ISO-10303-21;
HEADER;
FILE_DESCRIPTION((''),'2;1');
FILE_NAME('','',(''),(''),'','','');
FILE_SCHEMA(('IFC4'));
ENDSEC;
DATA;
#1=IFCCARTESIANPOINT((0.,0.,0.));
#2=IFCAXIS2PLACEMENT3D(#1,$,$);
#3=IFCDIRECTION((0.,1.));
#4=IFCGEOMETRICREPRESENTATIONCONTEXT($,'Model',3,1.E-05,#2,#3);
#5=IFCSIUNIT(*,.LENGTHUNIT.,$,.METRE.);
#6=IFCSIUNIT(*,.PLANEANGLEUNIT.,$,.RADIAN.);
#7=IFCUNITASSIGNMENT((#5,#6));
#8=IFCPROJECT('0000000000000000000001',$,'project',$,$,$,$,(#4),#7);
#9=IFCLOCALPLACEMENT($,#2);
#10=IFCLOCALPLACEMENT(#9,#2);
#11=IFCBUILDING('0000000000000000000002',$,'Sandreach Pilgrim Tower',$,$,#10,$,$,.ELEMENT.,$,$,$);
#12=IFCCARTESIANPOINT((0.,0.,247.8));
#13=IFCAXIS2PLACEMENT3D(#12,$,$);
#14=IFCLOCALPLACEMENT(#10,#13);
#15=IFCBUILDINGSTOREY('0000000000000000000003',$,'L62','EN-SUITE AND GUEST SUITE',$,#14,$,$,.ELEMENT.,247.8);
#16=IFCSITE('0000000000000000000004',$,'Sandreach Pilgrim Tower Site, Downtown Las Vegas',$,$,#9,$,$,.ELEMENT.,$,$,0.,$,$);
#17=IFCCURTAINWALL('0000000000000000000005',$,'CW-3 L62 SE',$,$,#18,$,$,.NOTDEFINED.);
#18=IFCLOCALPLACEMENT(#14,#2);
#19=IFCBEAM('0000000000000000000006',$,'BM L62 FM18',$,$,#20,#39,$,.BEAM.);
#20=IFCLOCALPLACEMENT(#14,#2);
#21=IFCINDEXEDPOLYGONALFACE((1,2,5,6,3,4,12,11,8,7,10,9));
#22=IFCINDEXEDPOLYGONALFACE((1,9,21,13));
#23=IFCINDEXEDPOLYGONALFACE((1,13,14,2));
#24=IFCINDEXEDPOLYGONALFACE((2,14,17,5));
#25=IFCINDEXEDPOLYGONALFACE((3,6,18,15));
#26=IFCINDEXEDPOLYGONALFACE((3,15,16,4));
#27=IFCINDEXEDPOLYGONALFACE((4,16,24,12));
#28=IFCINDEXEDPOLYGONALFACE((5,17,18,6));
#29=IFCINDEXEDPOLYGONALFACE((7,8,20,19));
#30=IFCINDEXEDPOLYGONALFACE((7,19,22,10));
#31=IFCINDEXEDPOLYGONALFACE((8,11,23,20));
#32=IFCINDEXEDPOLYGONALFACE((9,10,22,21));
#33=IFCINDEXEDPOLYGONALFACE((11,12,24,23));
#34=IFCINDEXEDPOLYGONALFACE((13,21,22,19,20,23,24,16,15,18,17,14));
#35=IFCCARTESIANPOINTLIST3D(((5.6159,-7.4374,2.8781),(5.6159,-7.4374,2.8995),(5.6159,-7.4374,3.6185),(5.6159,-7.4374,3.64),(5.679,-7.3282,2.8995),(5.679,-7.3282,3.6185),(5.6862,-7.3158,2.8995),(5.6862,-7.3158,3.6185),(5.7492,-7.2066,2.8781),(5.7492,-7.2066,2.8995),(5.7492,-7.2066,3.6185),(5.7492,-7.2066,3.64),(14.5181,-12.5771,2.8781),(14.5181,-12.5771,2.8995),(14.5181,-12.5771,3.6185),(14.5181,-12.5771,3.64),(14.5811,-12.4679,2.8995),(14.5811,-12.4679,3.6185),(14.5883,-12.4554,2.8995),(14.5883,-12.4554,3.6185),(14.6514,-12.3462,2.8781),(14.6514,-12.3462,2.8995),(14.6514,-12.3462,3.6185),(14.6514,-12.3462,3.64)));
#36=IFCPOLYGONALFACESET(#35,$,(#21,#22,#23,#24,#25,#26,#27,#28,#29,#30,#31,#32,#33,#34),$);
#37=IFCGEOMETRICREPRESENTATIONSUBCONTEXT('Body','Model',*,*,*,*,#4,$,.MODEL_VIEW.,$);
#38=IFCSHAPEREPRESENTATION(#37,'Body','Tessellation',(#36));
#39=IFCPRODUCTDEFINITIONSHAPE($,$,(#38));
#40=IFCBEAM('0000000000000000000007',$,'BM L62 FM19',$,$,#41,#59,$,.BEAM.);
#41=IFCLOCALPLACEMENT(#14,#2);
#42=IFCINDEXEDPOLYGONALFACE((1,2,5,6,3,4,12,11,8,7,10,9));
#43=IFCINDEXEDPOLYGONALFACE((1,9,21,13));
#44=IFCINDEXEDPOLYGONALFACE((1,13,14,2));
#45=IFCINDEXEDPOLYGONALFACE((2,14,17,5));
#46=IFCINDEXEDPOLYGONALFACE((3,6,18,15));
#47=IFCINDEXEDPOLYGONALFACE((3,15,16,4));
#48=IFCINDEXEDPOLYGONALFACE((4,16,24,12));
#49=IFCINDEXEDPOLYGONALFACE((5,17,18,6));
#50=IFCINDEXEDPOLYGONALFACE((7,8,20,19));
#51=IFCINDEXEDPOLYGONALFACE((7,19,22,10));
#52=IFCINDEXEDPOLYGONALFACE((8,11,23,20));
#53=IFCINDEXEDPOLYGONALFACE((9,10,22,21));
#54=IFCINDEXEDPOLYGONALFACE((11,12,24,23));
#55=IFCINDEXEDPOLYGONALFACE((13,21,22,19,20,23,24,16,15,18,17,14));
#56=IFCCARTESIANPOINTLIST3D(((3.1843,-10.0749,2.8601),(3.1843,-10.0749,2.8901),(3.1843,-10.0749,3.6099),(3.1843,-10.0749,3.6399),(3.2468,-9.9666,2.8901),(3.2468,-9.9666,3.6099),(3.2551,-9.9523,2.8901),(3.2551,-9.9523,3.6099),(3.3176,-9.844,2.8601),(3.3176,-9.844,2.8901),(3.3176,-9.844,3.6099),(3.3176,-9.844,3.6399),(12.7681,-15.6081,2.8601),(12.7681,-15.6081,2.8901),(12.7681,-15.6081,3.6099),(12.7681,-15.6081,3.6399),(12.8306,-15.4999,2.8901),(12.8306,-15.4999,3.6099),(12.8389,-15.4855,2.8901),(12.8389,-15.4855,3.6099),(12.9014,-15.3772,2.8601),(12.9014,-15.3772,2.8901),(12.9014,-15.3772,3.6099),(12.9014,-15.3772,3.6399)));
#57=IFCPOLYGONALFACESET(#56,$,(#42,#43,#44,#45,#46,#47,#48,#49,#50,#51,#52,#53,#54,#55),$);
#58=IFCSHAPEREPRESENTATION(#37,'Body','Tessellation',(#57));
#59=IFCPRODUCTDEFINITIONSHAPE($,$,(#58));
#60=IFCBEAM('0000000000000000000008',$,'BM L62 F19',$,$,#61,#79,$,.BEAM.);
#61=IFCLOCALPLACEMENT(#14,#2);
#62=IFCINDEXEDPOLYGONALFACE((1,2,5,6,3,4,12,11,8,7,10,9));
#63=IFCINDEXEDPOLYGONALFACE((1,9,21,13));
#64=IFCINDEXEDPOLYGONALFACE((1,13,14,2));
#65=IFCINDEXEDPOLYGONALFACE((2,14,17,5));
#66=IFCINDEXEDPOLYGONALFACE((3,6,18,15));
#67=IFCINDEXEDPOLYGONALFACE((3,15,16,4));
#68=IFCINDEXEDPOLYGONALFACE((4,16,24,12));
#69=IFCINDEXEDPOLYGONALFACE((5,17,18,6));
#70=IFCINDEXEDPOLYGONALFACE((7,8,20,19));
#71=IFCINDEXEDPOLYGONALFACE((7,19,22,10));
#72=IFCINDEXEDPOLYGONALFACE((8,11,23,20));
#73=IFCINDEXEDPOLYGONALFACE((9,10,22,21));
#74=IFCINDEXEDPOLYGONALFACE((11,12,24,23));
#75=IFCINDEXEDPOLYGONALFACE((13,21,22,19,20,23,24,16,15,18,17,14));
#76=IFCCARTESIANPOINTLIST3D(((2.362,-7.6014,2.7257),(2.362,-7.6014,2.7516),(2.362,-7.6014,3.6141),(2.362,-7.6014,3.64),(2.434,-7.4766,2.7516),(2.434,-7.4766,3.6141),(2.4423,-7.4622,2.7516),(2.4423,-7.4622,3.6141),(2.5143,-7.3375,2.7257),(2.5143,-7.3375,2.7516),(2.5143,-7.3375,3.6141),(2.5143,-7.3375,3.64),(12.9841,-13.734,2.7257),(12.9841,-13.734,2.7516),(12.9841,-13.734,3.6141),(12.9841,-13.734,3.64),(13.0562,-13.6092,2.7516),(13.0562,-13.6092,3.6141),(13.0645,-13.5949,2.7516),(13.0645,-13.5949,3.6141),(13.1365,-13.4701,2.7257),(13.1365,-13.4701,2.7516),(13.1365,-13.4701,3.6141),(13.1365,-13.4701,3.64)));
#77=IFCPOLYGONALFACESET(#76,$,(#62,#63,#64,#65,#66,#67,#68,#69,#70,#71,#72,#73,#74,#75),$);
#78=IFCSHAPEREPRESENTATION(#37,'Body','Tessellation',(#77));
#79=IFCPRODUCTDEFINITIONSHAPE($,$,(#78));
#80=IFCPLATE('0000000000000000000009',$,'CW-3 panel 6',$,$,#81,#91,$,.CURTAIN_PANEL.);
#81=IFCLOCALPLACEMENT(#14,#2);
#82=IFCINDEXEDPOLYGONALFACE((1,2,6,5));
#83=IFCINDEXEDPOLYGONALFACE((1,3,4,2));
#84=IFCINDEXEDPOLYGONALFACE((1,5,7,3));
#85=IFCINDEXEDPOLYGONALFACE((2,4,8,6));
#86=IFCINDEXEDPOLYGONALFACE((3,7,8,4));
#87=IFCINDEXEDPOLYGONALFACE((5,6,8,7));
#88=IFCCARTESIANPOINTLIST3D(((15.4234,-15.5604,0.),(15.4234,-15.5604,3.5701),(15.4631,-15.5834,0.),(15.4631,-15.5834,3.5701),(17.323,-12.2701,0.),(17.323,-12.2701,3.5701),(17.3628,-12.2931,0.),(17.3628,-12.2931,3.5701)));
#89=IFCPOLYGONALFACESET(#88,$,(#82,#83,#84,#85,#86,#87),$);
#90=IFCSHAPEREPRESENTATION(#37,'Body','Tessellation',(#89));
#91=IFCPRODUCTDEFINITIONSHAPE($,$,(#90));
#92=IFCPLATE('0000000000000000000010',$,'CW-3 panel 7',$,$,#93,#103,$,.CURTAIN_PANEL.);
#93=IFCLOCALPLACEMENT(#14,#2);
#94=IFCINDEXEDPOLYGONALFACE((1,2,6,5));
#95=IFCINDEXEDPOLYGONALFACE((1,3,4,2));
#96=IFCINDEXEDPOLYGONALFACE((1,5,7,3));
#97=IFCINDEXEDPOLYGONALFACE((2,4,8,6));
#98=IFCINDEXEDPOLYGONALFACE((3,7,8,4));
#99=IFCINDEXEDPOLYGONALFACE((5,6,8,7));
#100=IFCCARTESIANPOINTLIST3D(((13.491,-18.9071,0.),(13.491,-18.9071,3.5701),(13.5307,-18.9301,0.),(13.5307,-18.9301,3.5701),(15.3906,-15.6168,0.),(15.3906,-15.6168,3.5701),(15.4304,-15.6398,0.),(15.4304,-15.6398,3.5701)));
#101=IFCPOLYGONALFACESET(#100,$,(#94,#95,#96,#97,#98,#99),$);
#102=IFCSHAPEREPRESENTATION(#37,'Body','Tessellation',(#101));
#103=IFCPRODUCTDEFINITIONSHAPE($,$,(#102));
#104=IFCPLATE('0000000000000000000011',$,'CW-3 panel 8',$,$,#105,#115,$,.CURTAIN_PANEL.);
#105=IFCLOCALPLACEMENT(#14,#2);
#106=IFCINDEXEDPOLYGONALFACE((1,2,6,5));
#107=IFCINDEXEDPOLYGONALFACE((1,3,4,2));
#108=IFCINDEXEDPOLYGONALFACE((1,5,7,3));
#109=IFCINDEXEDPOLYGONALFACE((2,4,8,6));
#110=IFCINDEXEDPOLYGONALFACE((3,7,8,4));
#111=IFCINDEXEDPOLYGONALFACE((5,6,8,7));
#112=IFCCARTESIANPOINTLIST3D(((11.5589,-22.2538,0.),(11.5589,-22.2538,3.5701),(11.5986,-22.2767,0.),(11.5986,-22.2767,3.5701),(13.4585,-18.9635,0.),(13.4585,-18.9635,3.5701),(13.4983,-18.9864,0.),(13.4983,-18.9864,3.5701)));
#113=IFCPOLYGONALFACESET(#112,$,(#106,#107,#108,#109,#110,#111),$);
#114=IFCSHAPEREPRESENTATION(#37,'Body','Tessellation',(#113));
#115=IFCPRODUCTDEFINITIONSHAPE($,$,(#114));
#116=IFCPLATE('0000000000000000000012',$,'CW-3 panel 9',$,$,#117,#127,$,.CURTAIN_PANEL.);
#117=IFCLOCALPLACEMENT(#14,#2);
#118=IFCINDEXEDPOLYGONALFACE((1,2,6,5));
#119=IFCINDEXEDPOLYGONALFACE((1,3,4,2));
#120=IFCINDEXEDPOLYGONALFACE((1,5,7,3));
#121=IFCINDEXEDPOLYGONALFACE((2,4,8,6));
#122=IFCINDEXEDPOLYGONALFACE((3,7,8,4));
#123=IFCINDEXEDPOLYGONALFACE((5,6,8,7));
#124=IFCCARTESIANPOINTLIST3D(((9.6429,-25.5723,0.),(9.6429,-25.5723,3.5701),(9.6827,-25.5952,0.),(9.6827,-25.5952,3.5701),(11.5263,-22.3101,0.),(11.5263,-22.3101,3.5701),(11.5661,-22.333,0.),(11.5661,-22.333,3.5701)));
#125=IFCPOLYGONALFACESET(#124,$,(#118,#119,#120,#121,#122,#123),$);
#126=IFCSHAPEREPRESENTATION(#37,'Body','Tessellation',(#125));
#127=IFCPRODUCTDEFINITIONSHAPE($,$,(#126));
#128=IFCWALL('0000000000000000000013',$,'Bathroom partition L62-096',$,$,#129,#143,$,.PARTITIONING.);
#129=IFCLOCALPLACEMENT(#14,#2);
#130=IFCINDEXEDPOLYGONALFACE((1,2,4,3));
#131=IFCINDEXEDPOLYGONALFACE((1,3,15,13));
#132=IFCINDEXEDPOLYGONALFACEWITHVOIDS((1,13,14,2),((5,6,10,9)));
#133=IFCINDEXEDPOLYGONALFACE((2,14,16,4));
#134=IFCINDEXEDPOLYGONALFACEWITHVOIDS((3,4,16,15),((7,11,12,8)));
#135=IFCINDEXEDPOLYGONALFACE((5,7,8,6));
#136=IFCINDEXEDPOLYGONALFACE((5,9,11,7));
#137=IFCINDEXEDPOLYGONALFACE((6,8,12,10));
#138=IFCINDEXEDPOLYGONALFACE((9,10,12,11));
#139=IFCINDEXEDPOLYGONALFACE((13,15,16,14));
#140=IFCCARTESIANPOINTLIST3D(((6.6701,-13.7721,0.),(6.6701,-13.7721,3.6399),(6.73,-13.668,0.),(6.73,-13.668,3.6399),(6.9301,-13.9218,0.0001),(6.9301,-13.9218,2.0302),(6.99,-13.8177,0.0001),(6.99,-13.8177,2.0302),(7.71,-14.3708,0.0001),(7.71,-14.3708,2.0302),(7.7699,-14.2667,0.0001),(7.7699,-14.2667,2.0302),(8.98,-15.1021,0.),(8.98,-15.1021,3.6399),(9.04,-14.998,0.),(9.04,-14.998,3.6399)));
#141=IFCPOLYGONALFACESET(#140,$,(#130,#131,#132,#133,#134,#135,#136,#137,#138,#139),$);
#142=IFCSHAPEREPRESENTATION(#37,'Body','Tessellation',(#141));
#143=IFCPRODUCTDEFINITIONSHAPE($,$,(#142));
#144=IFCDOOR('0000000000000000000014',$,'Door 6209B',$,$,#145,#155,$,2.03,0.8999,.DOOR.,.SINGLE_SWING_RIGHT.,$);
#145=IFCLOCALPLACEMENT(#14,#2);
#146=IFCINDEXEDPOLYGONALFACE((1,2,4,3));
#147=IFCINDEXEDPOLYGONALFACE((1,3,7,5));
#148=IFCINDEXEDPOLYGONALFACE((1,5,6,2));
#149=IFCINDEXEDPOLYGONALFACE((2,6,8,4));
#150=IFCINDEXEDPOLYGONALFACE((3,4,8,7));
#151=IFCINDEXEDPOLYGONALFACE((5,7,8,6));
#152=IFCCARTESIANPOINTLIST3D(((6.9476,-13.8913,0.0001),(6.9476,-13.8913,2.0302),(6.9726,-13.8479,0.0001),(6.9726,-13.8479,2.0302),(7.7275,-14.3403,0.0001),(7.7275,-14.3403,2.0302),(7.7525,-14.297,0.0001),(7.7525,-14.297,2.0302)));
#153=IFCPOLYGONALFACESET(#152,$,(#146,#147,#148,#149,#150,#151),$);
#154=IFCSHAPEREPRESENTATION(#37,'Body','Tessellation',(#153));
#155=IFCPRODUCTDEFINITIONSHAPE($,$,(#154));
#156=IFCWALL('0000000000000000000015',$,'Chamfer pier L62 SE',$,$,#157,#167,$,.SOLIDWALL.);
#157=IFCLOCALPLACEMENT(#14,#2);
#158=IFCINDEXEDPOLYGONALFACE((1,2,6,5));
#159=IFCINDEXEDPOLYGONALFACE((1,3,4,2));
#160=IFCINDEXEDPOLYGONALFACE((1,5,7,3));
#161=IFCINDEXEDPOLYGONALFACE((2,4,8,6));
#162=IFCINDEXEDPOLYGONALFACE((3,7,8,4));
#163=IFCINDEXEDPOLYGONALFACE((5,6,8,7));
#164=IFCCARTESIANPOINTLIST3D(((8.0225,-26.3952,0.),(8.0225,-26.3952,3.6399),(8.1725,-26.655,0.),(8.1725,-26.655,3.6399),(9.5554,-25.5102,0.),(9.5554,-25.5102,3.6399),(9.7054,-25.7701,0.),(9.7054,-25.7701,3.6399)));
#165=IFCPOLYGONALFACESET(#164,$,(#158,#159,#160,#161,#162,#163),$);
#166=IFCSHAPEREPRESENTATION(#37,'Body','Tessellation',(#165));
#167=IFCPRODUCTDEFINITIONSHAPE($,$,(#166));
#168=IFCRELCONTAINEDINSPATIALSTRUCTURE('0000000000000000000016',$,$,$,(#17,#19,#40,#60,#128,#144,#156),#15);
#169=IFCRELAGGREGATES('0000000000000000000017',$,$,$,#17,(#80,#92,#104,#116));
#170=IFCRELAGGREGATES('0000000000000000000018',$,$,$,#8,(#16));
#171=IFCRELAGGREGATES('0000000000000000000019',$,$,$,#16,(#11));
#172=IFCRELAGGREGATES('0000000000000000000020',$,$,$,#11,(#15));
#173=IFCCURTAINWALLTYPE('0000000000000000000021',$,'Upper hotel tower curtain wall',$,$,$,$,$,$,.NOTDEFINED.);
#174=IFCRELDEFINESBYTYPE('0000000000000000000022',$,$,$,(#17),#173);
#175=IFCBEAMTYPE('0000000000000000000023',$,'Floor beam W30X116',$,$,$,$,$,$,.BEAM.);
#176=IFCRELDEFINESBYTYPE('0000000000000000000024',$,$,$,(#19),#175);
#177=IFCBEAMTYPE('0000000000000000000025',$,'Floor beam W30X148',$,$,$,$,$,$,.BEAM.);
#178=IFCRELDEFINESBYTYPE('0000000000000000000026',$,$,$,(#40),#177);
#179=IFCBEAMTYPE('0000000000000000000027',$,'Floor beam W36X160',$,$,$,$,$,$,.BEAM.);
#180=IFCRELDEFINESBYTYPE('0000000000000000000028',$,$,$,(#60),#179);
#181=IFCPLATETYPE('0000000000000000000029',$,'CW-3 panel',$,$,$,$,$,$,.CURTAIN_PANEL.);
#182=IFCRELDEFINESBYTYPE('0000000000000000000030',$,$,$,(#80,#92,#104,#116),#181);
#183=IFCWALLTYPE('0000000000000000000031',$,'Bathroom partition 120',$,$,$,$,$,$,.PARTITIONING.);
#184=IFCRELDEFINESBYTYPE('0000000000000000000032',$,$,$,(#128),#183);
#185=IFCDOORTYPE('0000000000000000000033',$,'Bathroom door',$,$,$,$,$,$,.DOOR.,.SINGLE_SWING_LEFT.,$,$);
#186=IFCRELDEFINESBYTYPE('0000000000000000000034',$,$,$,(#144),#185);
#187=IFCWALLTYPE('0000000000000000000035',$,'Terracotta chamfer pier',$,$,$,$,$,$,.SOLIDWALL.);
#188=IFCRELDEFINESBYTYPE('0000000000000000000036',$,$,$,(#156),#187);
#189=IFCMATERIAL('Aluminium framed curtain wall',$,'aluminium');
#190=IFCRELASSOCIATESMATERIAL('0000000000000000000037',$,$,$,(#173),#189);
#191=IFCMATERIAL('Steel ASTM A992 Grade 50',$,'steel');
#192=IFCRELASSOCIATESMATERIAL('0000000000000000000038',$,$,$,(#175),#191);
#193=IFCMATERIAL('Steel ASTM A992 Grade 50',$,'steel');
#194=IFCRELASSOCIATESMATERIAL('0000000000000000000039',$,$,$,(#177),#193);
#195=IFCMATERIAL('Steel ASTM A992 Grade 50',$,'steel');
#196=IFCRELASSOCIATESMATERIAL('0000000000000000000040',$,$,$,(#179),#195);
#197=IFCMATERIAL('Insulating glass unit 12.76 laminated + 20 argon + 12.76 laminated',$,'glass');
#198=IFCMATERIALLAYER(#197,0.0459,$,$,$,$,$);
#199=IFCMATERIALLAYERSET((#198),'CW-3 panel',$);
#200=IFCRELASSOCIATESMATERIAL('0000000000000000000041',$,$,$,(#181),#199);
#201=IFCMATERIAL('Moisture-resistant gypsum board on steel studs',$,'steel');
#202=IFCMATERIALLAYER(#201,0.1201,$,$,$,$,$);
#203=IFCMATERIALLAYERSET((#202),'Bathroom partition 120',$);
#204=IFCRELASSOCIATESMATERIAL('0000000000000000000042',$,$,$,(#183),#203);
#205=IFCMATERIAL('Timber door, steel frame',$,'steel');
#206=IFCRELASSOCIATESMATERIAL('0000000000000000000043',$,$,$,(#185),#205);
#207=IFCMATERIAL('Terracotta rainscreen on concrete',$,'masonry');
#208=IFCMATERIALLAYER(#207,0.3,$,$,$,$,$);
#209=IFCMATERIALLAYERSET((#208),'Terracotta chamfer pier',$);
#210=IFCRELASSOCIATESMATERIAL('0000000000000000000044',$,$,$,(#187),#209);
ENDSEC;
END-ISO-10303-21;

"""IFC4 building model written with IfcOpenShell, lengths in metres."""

from ifc_helpers import new_model, si_unit, direction, frame, frame_2d, origin, origin_2d, place, context, subcontext, project, spatial, rectangle, i_section, extrude, material, layer, layer_set, material_profile, profile_set, type_object, element, fill, aggregate, save


model = new_model("IFC4")

# Units and contexts
model_context = context("Model", 3, precision=1e-05, world=origin(), true_north=direction((0.0, 1.0)))
body_context = subcontext(model_context, "Body", "Model", "MODEL_VIEW")
ifc_project = project(units=[si_unit("LENGTHUNIT", "METRE"), si_unit("PLANEANGLEUNIT", "RADIAN")], contexts=[model_context])

# Site, building, storey
site_placement = place(None, origin())
site = spatial("IfcSite", under=ifc_project, at=site_placement, Name="Sandreach Pilgrim Tower Site, Downtown Las Vegas", CompositionType="ELEMENT", RefElevation=0.0)
building_placement = place(site_placement, origin())
building = spatial("IfcBuilding", under=site, at=building_placement, Name="Sandreach Pilgrim Tower", CompositionType="ELEMENT")
storey_placement = place(building_placement, frame((0.0, 0.0, 247.8)))
storey = spatial("IfcBuildingStorey", under=building, at=storey_placement, Name="L62", Description="EN-SUITE AND GUEST SUITE", CompositionType="ELEMENT", Elevation=247.8)

# Curtain wall
ifc_material_1 = material(Name="Aluminium framed curtain wall", Category="aluminium")
curtain_wall_type = type_object("IfcCurtainWallType", Name="Upper hotel tower curtain wall", PredefinedType="NOTDEFINED", material=ifc_material_1)
curtain_wall_1_placement = place(storey_placement, origin())
curtain_wall_1 = element("IfcCurtainWall", 1, at=curtain_wall_1_placement, inside=storey, type_object=curtain_wall_type, Name="CW-3 L62 SE", PredefinedType="NOTDEFINED")

# Beams
ifc_material_2 = material(Name="Steel ASTM A992 Grade 50", Category="steel")
ifc_material_profile_1 = material_profile(ifc_material_2, i_section(OverallWidth=0.2666, OverallDepth=0.762, WebThickness=0.0144, FlangeThickness=0.0215, at=origin_2d()), Name="W30X116")
ifc_profile_set_1 = profile_set([ifc_material_profile_1], Name="Steel ASTM A992 Grade 50")
beam_type_1 = type_object("IfcBeamType", Name="Floor beam W30X116", PredefinedType="BEAM", material=ifc_profile_set_1)
beam_1_placement = place(storey_placement, frame((14.5847, -12.4617, 3.259), z_axis=(-0.866025, 0.500001, 0.0), x_axis=(-0.500001, -0.866025, 0.0)))
element("IfcBeam", 2, at=beam_1_placement, inside=storey, type_object=beam_type_1, Name="BM L62 FM18", PredefinedType="BEAM", context=body_context, shape_type="SweptSolid", body=[
    extrude(i_section(OverallWidth=0.2666, OverallDepth=0.762, WebThickness=0.0144, FlangeThickness=0.0215, at=origin_2d()), origin(), (0.0, 0.0, 1.0), 10.2793),
])
ifc_material_3 = material(Name="Steel ASTM A992 Grade 50", Category="steel")
ifc_material_profile_2 = material_profile(ifc_material_3, i_section(OverallWidth=0.2666, OverallDepth=0.7798, WebThickness=0.0166, FlangeThickness=0.03, at=origin_2d()), Name="W30X148")
ifc_profile_set_2 = profile_set([ifc_material_profile_2], Name="Steel ASTM A992 Grade 50")
beam_type_2 = type_object("IfcBeamType", Name="Floor beam W30X148", PredefinedType="BEAM", material=ifc_profile_set_2)
beam_2_placement = place(storey_placement, frame((12.8347, -15.4927, 3.25), z_axis=(-0.866024, 0.500002, 0.0), x_axis=(-0.500002, -0.866024, 0.0)))
element("IfcBeam", 3, at=beam_2_placement, inside=storey, type_object=beam_type_2, Name="BM L62 FM19", PredefinedType="BEAM", context=body_context, shape_type="SweptSolid", body=[
    extrude(i_section(OverallWidth=0.2666, OverallDepth=0.7798, WebThickness=0.0166, FlangeThickness=0.03, at=origin_2d()), origin(), (0.0, 0.0, 1.0), 11.0664),
])
ifc_material_4 = material(Name="Steel ASTM A992 Grade 50", Category="steel")
ifc_material_profile_3 = material_profile(ifc_material_4, i_section(OverallWidth=0.3047, OverallDepth=0.9143, WebThickness=0.0166, FlangeThickness=0.0259, at=origin_2d()), Name="W36X160")
ifc_profile_set_3 = profile_set([ifc_material_profile_3], Name="Steel ASTM A992 Grade 50")
beam_type_3 = type_object("IfcBeamType", Name="Floor beam W36X160", PredefinedType="BEAM", material=ifc_profile_set_3)
beam_3_placement = place(storey_placement, frame((13.0603, -13.6021, 3.1829), z_axis=(-0.866028, 0.499995, 0.0), x_axis=(-0.499995, -0.866028, 0.0)))
element("IfcBeam", 4, at=beam_3_placement, inside=storey, type_object=beam_type_3, Name="BM L62 F19", PredefinedType="BEAM", context=body_context, shape_type="SweptSolid", body=[
    extrude(i_section(OverallWidth=0.3047, OverallDepth=0.9143, WebThickness=0.0166, FlangeThickness=0.0259, at=origin_2d()), origin(), (0.0, 0.0, 1.0), 12.2654),
])

# Plates
ifc_material_5 = material(Name="Insulating glass unit 12.76 laminated + 20 argon + 12.76 laminated", Category="glass")
ifc_layer_1 = layer(ifc_material_5, 0.0459)
ifc_layer_set_1 = layer_set([ifc_layer_1], Name="CW-3 panel")
plate_type = type_object("IfcPlateType", Name="CW-3 panel", PredefinedType="CURTAIN_PANEL", material=ifc_layer_set_1)
plate_1_placement = place(storey_placement, frame((16.3931, -13.9268, 0.0), z_axis=(0.0, 0.0, 1.0), x_axis=(-0.5, -0.866025, 0.0)))
plate_1 = element("IfcPlate", 5, at=plate_1_placement, type_object=plate_type, Name="CW-3 panel 6", PredefinedType="CURTAIN_PANEL", context=body_context, shape_type="SweptSolid", body=[
    extrude(rectangle(XDim=3.7993, YDim=0.0459, at=origin_2d()), origin(), (0.0, 0.0, 1.0), 3.5701),
])
plate_2_placement = place(storey_placement, frame((14.4607, -17.2734, 0.0), z_axis=(0.0, 0.0, 1.0), x_axis=(-0.5, -0.866025, 0.0)))
plate_2 = element("IfcPlate", 6, at=plate_2_placement, type_object=plate_type, Name="CW-3 panel 7", PredefinedType="CURTAIN_PANEL", context=body_context, shape_type="SweptSolid", body=[
    extrude(rectangle(XDim=3.7993, YDim=0.0459, at=origin_2d()), origin(), (0.0, 0.0, 1.0), 3.5701),
])
plate_3_placement = place(storey_placement, frame((12.5286, -20.6201, 0.0), z_axis=(0.0, 0.0, 1.0), x_axis=(-0.5, -0.866025, 0.0)))
plate_3 = element("IfcPlate", 7, at=plate_3_placement, type_object=plate_type, Name="CW-3 panel 8", PredefinedType="CURTAIN_PANEL", context=body_context, shape_type="SweptSolid", body=[
    extrude(rectangle(XDim=3.7993, YDim=0.0459, at=origin_2d()), origin(), (0.0, 0.0, 1.0), 3.5701),
])
plate_4_placement = place(storey_placement, frame((10.6045, -23.9526, 0.0), z_axis=(0.0, 0.0, 1.0), x_axis=(-0.5, -0.866025, 0.0)))
plate_4 = element("IfcPlate", 8, at=plate_4_placement, type_object=plate_type, Name="CW-3 panel 9", PredefinedType="CURTAIN_PANEL", context=body_context, shape_type="SweptSolid", body=[
    extrude(rectangle(XDim=3.7668, YDim=0.0459, at=origin_2d()), origin(), (0.0, 0.0, 1.0), 3.5701),
])
aggregate(curtain_wall_1, [plate_1, plate_2, plate_3, plate_4])

# Wall, opening, door
ifc_material_6 = material(Name="Moisture-resistant gypsum board on steel studs", Category="steel")
ifc_layer_2 = layer(ifc_material_6, 0.1201)
ifc_layer_set_2 = layer_set([ifc_layer_2], Name="Bathroom partition 120")
wall_type_1 = type_object("IfcWallType", Name="Bathroom partition 120", PredefinedType="PARTITIONING", material=ifc_layer_set_2)
wall_1_placement = place(storey_placement, frame((9.01, -15.05, 0.0), z_axis=(0.0, 0.0, 1.0), x_axis=(-0.866615, 0.498977, 0.0)))
wall_1 = element("IfcWall", 9, at=wall_1_placement, inside=storey, type_object=wall_type_1, Name="Bathroom partition L62-096", PredefinedType="PARTITIONING", context=body_context, shape_type="SweptSolid", body=[
    extrude(rectangle(XDim=2.6655, YDim=0.1201, at=frame_2d((1.3328, 0.0))), origin(), (0.0, 0.0, 1.0), 3.6399),
])
opening_placement = place(wall_1_placement, frame((1.4656, 0.0, 0.0)))
opening = element("IfcOpeningElement", 10, at=opening_placement, cuts=wall_1, PredefinedType="OPENING", context=body_context, shape_type="SweptSolid", body=[
    extrude(rectangle(XDim=0.8999, YDim=2.03, at=frame_2d((0.45, 1.0151))), frame((0.0, 0.0601, 0.0), z_axis=(0.0, -1.0, 0.0), x_axis=(1.0, 0.0, 0.0)), (0.0, 0.0, 1.0), 0.1201),
])
ifc_material_7 = material(Name="Timber door, steel frame", Category="steel")
door_type = type_object("IfcDoorType", Name="Bathroom door", OperationType="SINGLE_SWING_LEFT", PredefinedType="DOOR", material=ifc_material_7)
door_placement = place(opening_placement, origin())
door = element("IfcDoor", 11, at=door_placement, inside=storey, type_object=door_type, Name="Door 6209B", OperationType="SINGLE_SWING_RIGHT", OverallHeight=2.03, OverallWidth=0.8999, PredefinedType="DOOR", context=body_context, shape_type="SweptSolid", body=[
    extrude(rectangle(XDim=0.8999, YDim=2.03, at=frame_2d((0.45, 1.0151))), frame((0.0, 0.0249, 0.0), z_axis=(0.0, -1.0, 0.0), x_axis=(1.0, 0.0, 0.0)), (0.0, 0.0, 1.0), 0.05),
])
fill(opening, door)

# Wall
ifc_material_8 = material(Name="Terracotta rainscreen on concrete", Category="masonry")
ifc_layer_3 = layer(ifc_material_8, 0.3)
ifc_layer_set_3 = layer_set([ifc_layer_3], Name="Terracotta chamfer pier")
wall_type_2 = type_object("IfcWallType", Name="Terracotta chamfer pier", PredefinedType="SOLIDWALL", material=ifc_layer_set_3)
wall_2_placement = place(storey_placement, frame((9.6304, -25.6401, 0.0), z_axis=(0.0, 0.0, 1.0), x_axis=(-0.866036, -0.499981, 0.0)))
element("IfcWall", 12, at=wall_2_placement, inside=storey, type_object=wall_type_2, Name="Chamfer pier L62 SE", PredefinedType="SOLIDWALL", context=body_context, shape_type="SweptSolid", body=[
    extrude(rectangle(XDim=1.77, YDim=0.3, at=frame_2d((0.885, 0.0))), origin(), (0.0, 0.0, 1.0), 3.6399),
])

save(model, "model.ifc")
